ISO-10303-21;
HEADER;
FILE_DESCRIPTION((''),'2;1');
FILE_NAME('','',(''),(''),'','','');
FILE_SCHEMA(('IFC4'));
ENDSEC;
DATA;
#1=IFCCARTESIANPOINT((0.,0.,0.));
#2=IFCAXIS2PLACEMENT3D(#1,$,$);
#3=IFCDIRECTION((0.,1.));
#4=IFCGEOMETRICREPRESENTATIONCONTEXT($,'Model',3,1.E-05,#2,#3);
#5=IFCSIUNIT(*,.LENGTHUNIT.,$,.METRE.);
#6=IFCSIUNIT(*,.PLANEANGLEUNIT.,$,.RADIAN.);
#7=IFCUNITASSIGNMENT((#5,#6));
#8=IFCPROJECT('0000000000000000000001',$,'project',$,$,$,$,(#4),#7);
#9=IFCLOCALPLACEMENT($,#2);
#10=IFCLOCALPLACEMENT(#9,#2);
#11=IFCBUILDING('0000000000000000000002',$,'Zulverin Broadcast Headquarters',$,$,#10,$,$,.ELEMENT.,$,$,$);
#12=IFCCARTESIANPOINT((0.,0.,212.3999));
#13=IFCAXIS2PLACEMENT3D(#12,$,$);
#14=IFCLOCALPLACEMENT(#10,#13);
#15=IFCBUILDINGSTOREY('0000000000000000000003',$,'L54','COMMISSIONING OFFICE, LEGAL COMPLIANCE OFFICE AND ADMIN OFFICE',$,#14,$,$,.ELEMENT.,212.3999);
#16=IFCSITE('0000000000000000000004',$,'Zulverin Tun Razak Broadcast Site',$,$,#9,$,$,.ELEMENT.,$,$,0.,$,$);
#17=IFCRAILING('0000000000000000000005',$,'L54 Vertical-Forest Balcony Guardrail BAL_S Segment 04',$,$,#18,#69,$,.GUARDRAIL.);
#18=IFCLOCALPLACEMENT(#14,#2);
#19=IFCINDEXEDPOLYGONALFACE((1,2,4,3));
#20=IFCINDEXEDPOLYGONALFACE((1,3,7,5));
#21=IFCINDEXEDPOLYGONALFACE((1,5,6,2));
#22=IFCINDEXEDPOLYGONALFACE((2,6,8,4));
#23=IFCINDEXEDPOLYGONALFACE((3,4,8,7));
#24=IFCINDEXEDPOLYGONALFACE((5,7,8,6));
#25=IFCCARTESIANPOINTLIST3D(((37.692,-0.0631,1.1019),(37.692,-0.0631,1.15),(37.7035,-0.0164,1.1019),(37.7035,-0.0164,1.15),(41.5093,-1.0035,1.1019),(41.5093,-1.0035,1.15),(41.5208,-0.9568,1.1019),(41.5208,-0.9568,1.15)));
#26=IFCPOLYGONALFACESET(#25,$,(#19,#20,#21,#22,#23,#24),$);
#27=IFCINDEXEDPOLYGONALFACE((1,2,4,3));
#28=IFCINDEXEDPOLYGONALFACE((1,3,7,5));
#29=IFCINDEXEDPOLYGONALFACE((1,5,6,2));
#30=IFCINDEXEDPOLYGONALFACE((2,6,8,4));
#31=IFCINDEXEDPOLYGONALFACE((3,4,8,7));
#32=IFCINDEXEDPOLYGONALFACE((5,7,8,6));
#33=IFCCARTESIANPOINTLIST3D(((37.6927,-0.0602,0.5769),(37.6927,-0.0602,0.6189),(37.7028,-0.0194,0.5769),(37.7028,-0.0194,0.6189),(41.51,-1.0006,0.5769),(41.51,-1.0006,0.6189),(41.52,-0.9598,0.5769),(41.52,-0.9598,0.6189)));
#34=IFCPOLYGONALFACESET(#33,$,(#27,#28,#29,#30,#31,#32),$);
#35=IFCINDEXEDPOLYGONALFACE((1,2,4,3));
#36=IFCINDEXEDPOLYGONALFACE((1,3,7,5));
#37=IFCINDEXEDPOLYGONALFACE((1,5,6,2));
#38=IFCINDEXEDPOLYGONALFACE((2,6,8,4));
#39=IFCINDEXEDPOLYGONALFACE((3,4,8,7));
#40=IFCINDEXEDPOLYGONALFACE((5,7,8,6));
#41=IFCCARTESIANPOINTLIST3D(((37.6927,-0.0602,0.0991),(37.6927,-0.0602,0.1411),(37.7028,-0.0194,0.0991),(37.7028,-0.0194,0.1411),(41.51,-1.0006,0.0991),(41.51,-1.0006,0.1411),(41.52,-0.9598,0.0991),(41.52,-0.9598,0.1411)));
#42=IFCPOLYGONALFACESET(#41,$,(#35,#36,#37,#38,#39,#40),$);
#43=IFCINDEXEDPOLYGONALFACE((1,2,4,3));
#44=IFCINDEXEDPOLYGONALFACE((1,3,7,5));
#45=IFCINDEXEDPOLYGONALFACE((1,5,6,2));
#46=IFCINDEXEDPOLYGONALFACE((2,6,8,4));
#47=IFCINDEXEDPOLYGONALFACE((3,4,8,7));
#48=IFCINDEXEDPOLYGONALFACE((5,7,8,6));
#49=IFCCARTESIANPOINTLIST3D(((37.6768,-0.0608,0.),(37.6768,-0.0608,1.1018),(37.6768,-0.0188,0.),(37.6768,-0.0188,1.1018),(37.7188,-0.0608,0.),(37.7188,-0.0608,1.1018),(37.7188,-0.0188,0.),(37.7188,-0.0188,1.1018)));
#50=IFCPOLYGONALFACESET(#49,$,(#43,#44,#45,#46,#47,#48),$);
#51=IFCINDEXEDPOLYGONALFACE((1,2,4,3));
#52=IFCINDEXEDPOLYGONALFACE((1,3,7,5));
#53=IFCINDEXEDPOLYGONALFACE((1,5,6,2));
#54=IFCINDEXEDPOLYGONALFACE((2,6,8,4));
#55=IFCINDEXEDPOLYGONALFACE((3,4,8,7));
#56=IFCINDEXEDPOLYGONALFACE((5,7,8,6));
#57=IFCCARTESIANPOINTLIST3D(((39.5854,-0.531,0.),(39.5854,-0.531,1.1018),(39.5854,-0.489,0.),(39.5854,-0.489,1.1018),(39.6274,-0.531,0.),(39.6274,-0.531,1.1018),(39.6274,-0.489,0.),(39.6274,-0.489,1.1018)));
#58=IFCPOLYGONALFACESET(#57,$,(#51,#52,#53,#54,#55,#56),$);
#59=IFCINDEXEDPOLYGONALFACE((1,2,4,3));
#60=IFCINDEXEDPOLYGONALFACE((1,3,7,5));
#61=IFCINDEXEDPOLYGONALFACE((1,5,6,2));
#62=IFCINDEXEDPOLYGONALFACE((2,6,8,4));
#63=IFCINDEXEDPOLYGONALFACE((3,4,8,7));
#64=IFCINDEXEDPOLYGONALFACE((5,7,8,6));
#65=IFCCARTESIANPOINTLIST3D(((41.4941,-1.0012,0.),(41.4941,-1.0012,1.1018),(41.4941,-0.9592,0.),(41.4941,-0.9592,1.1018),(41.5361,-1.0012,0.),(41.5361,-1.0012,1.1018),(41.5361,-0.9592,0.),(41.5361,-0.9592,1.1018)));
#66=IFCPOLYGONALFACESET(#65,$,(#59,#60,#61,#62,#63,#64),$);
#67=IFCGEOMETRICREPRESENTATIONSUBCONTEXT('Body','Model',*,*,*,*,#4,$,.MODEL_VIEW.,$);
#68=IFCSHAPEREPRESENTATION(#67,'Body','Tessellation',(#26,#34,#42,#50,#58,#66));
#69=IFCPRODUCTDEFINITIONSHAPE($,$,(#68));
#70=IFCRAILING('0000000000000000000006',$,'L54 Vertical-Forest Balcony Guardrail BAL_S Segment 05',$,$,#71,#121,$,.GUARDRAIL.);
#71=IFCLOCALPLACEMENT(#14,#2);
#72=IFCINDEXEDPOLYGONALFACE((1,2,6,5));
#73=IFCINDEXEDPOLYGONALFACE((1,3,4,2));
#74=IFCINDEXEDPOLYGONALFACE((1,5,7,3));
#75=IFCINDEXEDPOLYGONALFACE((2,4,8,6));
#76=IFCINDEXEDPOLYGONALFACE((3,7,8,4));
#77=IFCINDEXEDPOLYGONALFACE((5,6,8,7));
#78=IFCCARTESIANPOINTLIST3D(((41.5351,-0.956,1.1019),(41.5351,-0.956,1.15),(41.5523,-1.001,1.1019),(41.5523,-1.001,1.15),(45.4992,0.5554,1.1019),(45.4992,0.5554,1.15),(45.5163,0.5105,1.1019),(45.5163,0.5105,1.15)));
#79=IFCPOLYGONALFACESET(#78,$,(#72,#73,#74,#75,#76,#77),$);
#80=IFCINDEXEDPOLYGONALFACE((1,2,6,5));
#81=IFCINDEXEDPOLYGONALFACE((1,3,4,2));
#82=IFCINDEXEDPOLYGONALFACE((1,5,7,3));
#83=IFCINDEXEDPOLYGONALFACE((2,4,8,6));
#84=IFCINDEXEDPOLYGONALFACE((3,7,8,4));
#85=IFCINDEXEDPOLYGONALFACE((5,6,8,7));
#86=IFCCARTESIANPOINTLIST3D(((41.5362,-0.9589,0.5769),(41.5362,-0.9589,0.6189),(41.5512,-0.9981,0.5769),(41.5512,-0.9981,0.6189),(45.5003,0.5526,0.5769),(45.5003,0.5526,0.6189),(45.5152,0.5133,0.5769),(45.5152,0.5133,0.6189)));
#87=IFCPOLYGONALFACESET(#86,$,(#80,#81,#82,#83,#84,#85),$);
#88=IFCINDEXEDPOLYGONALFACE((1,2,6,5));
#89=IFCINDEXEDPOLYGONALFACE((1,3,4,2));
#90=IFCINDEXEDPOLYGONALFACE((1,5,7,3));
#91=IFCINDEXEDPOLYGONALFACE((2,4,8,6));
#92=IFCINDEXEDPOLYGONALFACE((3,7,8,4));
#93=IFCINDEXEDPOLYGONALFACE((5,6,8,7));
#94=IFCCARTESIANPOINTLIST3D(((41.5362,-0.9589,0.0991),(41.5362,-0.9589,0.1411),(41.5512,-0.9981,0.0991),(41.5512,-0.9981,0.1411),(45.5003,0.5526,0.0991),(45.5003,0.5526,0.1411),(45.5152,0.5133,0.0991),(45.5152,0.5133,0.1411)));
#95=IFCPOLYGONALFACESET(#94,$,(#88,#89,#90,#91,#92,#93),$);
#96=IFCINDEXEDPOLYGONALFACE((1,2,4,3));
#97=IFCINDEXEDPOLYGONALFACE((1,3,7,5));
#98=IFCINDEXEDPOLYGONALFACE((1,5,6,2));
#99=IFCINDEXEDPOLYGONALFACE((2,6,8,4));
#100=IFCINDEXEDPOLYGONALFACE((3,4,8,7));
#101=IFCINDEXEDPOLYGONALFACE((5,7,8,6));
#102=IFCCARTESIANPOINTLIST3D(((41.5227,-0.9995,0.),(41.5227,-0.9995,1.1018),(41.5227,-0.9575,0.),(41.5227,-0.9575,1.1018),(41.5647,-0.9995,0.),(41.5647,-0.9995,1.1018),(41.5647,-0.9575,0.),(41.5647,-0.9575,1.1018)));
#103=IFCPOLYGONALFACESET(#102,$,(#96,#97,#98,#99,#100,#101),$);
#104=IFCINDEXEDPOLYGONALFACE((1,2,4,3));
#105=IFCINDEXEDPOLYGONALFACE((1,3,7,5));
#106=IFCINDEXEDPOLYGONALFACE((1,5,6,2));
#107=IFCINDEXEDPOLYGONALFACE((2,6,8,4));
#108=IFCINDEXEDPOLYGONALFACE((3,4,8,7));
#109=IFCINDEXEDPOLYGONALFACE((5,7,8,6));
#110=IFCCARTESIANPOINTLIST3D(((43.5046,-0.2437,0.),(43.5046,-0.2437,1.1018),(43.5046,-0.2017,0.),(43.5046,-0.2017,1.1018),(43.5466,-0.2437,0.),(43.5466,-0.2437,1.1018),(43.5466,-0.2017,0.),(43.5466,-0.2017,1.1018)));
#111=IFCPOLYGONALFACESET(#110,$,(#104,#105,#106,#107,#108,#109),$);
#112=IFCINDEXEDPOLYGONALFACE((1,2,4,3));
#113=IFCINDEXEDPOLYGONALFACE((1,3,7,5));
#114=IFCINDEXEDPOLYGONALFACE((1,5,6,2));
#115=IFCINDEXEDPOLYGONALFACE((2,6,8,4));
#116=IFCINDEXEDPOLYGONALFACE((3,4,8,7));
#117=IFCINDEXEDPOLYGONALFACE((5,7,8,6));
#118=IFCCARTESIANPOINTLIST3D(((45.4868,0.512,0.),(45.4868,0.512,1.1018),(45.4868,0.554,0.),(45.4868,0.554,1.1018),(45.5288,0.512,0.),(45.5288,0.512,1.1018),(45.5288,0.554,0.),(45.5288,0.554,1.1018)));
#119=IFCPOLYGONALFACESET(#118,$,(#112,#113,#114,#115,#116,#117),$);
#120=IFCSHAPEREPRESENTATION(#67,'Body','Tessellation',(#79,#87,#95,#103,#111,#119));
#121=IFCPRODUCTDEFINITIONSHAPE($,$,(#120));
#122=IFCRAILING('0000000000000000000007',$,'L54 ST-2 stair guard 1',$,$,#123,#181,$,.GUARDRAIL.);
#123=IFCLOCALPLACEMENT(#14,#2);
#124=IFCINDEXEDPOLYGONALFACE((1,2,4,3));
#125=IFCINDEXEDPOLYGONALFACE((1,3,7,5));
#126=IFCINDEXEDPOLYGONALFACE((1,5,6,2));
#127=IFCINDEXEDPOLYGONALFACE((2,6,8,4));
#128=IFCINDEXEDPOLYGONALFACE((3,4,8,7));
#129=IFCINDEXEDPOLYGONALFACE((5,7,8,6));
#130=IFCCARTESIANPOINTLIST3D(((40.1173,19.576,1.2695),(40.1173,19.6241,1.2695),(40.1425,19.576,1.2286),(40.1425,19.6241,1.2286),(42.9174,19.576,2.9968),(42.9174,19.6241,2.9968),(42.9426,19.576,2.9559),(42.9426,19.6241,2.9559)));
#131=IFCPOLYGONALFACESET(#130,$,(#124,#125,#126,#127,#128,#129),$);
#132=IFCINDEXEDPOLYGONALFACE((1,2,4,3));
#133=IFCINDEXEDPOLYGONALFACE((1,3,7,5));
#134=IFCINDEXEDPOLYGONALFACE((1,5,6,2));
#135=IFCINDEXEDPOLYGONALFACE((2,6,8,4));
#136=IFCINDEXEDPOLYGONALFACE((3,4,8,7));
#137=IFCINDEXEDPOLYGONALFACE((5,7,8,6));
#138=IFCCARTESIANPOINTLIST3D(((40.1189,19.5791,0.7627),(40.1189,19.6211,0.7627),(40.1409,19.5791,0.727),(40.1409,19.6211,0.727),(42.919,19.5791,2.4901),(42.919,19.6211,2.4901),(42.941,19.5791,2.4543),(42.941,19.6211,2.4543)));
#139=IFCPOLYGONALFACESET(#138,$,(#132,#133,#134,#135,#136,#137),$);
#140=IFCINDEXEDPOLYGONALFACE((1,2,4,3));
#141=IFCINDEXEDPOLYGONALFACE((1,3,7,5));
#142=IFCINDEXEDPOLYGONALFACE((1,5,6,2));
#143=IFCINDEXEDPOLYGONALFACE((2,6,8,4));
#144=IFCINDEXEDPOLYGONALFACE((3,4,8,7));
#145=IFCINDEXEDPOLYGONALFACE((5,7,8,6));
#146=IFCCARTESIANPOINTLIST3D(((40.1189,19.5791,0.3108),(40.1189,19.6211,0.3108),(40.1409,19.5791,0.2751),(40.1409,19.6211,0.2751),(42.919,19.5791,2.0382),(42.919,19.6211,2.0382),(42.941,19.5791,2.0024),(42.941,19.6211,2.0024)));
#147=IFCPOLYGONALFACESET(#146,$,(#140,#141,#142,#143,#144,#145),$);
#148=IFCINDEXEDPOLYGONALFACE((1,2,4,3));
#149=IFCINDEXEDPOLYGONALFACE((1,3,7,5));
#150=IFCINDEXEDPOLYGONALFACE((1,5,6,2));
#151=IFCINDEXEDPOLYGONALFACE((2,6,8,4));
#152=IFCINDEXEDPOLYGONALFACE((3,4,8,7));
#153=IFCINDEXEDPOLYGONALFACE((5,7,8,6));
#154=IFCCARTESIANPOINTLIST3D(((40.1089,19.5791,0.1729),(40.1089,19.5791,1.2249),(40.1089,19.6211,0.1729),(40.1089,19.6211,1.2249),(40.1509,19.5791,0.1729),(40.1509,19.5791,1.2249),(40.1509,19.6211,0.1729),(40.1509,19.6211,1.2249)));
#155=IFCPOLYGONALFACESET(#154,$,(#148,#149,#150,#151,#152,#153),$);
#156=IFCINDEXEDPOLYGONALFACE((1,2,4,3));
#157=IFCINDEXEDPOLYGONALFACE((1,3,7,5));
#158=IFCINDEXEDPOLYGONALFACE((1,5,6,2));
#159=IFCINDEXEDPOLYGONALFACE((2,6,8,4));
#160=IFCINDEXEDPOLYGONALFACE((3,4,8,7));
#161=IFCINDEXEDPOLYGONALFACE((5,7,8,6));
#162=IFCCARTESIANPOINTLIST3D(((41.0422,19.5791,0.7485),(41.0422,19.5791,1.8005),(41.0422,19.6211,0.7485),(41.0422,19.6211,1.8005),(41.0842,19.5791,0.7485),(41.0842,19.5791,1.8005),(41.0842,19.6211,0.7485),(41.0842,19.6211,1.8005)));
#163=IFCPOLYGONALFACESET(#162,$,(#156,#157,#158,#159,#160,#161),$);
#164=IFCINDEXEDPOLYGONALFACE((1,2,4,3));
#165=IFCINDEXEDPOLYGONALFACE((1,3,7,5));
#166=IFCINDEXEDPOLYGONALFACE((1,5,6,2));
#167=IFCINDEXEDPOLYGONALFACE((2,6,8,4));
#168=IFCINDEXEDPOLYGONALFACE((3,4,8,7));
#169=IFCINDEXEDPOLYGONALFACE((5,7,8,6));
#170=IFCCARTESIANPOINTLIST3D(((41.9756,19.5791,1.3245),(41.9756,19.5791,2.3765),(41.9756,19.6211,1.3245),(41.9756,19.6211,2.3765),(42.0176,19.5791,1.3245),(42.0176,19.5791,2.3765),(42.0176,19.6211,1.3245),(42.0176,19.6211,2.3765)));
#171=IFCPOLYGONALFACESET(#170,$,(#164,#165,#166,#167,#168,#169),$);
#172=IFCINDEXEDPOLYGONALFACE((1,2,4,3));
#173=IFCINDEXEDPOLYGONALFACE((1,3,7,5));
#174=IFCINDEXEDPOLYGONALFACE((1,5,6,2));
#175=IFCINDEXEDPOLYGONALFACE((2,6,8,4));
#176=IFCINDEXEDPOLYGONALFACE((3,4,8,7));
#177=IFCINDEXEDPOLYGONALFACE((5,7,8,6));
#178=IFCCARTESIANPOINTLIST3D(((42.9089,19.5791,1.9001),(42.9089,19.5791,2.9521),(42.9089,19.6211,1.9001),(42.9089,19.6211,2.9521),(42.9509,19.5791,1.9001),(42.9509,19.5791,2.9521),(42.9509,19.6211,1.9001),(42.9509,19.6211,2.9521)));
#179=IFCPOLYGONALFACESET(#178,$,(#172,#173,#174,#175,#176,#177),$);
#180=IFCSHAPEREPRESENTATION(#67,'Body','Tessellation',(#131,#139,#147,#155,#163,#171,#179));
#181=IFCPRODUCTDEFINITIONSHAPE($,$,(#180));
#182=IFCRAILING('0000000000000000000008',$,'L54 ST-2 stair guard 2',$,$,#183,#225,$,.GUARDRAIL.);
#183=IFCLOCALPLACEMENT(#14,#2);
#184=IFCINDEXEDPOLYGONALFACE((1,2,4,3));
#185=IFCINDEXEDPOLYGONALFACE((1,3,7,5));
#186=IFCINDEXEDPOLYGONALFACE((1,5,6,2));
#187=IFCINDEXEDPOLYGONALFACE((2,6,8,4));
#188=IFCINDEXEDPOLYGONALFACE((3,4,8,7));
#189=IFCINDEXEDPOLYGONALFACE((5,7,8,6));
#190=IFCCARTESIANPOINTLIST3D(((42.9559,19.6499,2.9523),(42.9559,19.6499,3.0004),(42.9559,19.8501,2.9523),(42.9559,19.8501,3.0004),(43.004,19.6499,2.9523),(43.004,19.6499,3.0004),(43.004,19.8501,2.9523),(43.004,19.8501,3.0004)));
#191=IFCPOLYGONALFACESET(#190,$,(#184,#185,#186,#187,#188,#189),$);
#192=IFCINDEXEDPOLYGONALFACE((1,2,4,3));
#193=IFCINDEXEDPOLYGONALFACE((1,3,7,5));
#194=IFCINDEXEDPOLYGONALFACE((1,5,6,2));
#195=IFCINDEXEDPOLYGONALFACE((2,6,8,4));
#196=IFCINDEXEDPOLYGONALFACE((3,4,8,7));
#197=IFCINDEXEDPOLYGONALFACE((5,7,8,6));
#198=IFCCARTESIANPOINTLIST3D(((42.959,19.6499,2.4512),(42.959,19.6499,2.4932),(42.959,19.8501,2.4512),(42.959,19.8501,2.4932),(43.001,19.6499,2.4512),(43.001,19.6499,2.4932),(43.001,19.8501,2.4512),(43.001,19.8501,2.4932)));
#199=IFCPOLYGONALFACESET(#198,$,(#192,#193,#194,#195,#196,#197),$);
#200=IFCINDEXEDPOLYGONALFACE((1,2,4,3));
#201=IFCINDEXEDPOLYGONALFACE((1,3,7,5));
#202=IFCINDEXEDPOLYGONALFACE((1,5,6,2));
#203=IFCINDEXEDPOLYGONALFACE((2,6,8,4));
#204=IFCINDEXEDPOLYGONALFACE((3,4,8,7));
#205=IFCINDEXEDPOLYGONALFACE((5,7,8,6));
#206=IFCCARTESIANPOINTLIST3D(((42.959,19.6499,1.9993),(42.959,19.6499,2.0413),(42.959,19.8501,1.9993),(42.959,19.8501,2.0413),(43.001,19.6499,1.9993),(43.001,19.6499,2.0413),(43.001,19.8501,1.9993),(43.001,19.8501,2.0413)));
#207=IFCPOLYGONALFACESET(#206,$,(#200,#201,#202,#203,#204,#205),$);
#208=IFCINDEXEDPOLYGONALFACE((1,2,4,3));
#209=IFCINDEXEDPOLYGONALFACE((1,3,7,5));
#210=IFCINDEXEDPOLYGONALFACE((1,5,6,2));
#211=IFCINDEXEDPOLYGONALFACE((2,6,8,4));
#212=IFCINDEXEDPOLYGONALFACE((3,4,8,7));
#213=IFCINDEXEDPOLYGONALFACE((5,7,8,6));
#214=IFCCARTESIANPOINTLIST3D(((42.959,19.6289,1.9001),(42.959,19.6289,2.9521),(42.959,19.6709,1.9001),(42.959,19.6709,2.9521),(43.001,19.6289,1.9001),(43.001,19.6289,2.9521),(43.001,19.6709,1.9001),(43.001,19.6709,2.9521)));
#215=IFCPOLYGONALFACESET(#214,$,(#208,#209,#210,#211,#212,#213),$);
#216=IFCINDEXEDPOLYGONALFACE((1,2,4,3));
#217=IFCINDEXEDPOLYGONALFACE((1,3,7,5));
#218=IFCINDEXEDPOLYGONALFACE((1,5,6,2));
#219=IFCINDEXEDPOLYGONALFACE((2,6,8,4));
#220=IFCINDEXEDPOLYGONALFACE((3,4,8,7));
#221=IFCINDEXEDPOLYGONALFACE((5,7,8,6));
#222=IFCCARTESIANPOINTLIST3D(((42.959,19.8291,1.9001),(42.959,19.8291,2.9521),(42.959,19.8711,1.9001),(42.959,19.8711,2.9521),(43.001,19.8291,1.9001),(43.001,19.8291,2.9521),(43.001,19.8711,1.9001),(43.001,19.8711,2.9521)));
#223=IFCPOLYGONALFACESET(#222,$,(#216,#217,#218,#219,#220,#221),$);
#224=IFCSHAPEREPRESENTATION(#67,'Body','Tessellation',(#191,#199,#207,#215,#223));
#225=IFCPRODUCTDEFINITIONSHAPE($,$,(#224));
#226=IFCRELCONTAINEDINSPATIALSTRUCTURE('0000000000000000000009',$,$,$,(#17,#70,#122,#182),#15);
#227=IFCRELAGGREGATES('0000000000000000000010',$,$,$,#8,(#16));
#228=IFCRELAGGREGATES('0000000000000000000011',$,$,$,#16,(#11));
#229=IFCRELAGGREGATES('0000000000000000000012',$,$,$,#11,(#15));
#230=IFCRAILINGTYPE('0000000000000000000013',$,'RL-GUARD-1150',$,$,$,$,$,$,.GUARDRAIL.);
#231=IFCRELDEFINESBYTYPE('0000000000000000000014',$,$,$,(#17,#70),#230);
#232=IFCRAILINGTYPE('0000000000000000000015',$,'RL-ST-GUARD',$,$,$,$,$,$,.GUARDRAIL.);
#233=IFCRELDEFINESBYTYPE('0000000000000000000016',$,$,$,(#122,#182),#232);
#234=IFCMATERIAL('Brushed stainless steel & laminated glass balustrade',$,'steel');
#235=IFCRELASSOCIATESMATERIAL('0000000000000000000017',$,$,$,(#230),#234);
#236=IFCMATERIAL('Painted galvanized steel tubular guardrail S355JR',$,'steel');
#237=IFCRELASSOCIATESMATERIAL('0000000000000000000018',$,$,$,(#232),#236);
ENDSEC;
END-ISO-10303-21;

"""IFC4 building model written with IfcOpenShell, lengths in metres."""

from ifc_helpers import new_model, si_unit, direction, frame, origin, origin_2d, place, context, subcontext, project, spatial, rectangle, extrude, material, type_object, element, save


model = new_model("IFC4")

# Units and contexts
model_context = context("Model", 3, precision=1e-05, world=origin(), true_north=direction((0.0, 1.0)))
body_context = subcontext(model_context, "Body", "Model", "MODEL_VIEW")
ifc_project = project(units=[si_unit("LENGTHUNIT", "METRE"), si_unit("PLANEANGLEUNIT", "RADIAN")], contexts=[model_context])

# Site, building, storey
site_placement = place(None, origin())
site = spatial("IfcSite", under=ifc_project, at=site_placement, Name="Zulverin Tun Razak Broadcast Site", CompositionType="ELEMENT", RefElevation=0.0)
building_placement = place(site_placement, origin())
building = spatial("IfcBuilding", under=site, at=building_placement, Name="Zulverin Broadcast Headquarters", CompositionType="ELEMENT")
storey_placement = place(building_placement, frame((0.0, 0.0, 212.3999)))
storey = spatial("IfcBuildingStorey", under=building, at=storey_placement, Name="L54", Description="COMMISSIONING OFFICE, LEGAL COMPLIANCE OFFICE AND ADMIN OFFICE", CompositionType="ELEMENT", Elevation=212.3999)

# Railings
ifc_material_1 = material(Name="Brushed stainless steel & laminated glass balustrade", Category="steel")
railing_type_1 = type_object("IfcRailingType", Name="RL-GUARD-1150", PredefinedType="GUARDRAIL", material=ifc_material_1)
railing_1_placement = place(storey_placement, frame((37.6978, -0.0398, 0.0)))
element("IfcRailing", 1, at=railing_1_placement, inside=storey, type_object=railing_type_1, Name="L54 Vertical-Forest Balcony Guardrail BAL_S Segment 04", PredefinedType="GUARDRAIL", context=body_context, shape_type="SweptSolid", body=[
    extrude(rectangle(XDim=0.0481, YDim=0.0481, at=origin_2d()), frame((0.0, 0.0, 1.126), z_axis=(0.97097, -0.239203, 0.0), x_axis=(0.239203, 0.97097, 0.0)), (0.0, 0.0, 1.0), 3.9314),
    extrude(rectangle(XDim=0.042, YDim=0.042, at=origin_2d()), frame((0.0, 0.0, 0.5979), z_axis=(0.97097, -0.239203, 0.0), x_axis=(0.239203, 0.97097, 0.0)), (0.0, 0.0, 1.0), 3.9314),
    extrude(rectangle(XDim=0.042, YDim=0.042, at=origin_2d()), frame((0.0, 0.0, 0.1201), z_axis=(0.97097, -0.239203, 0.0), x_axis=(0.239203, 0.97097, 0.0)), (0.0, 0.0, 1.0), 3.9314),
    extrude(rectangle(XDim=0.042, YDim=0.042, at=origin_2d()), origin(), (0.0, 0.0, 1.0), 1.1018),
    extrude(rectangle(XDim=0.042, YDim=0.042, at=origin_2d()), frame((1.9087, -0.4702, 0.0)), (0.0, 0.0, 1.0), 1.1018),
    extrude(rectangle(XDim=0.042, YDim=0.042, at=origin_2d()), frame((3.8174, -0.9404, 0.0)), (0.0, 0.0, 1.0), 1.1018),
])
railing_2_placement = place(storey_placement, frame((41.5437, -0.9785, 0.0)))
element("IfcRailing", 2, at=railing_2_placement, inside=storey, type_object=railing_type_1, Name="L54 Vertical-Forest Balcony Guardrail BAL_S Segment 05", PredefinedType="GUARDRAIL", context=body_context, shape_type="SweptSolid", body=[
    extrude(rectangle(XDim=0.0481, YDim=0.0481, at=origin_2d()), frame((0.0, 0.0, 1.126), z_axis=(0.934383, 0.356271, 0.0), x_axis=(-0.356271, 0.934383, 0.0)), (0.0, 0.0, 1.0), 4.2424),
    extrude(rectangle(XDim=0.042, YDim=0.042, at=origin_2d()), frame((0.0, 0.0, 0.5979), z_axis=(0.934383, 0.356271, 0.0), x_axis=(-0.356271, 0.934383, 0.0)), (0.0, 0.0, 1.0), 4.2424),
    extrude(rectangle(XDim=0.042, YDim=0.042, at=origin_2d()), frame((0.0, 0.0, 0.1201), z_axis=(0.934383, 0.356271, 0.0), x_axis=(-0.356271, 0.934383, 0.0)), (0.0, 0.0, 1.0), 4.2424),
    extrude(rectangle(XDim=0.042, YDim=0.042, at=origin_2d()), origin(), (0.0, 0.0, 1.0), 1.1018),
    extrude(rectangle(XDim=0.042, YDim=0.042, at=origin_2d()), frame((1.9819, 0.7559, 0.0)), (0.0, 0.0, 1.0), 1.1018),
    extrude(rectangle(XDim=0.042, YDim=0.042, at=origin_2d()), frame((3.9641, 1.5115, 0.0)), (0.0, 0.0, 1.0), 1.1018),
])
ifc_material_2 = material(Name="Painted galvanized steel tubular guardrail S355JR", Category="steel")
railing_type_2 = type_object("IfcRailingType", Name="RL-ST-GUARD", PredefinedType="GUARDRAIL", material=ifc_material_2)
railing_3_placement = place(storey_placement, frame((40.1299, 19.6001, 0.1729)))
element("IfcRailing", 3, at=railing_3_placement, inside=storey, type_object=railing_type_2, Name="L54 ST-2 stair guard 1", PredefinedType="GUARDRAIL", context=body_context, shape_type="SweptSolid", body=[
    extrude(rectangle(XDim=0.0481, YDim=0.0481, at=origin_2d()), frame((0.0, 0.0, 1.0762), z_axis=(0.85109, 0.0, 0.52502), x_axis=(0.0, 1.0, 0.0)), (0.0, 0.0, 1.0), 3.29),
    extrude(rectangle(XDim=0.042, YDim=0.042, at=origin_2d()), frame((0.0, 0.0, 0.572), z_axis=(0.85109, 0.0, 0.52502), x_axis=(0.0, 1.0, 0.0)), (0.0, 0.0, 1.0), 3.29),
    extrude(rectangle(XDim=0.042, YDim=0.042, at=origin_2d()), frame((0.0, 0.0, 0.1201), z_axis=(0.85109, 0.0, 0.52502), x_axis=(0.0, 1.0, 0.0)), (0.0, 0.0, 1.0), 3.29),
    extrude(rectangle(XDim=0.042, YDim=0.042, at=origin_2d()), origin(), (0.0, 0.0, 1.0), 1.052),
    extrude(rectangle(XDim=0.042, YDim=0.042, at=origin_2d()), frame((0.9333, 0.0, 0.5757)), (0.0, 0.0, 1.0), 1.052),
    extrude(rectangle(XDim=0.042, YDim=0.042, at=origin_2d()), frame((1.8667, 0.0, 1.1516)), (0.0, 0.0, 1.0), 1.052),
    extrude(rectangle(XDim=0.042, YDim=0.042, at=origin_2d()), frame((2.8, 0.0, 1.7273)), (0.0, 0.0, 1.0), 1.052),
])
for number, where, name in (
    (4, (42.98, 19.6499, 1.9001), "L54 ST-2 stair guard 2"),
):
    element("IfcRailing", number, at=place(storey_placement, frame(where)), inside=storey, type_object=railing_type_2, Name=name, PredefinedType="GUARDRAIL", context=body_context, shape_type="SweptSolid", body=[
        extrude(rectangle(XDim=0.0481, YDim=0.0481, at=origin_2d()), frame((0.0, 0.0, 1.0762), z_axis=(0.0, 1.0, 0.0), x_axis=(-1.0, 0.0, 0.0)), (0.0, 0.0, 1.0), 0.2002),
        extrude(rectangle(XDim=0.042, YDim=0.042, at=origin_2d()), frame((0.0, 0.0, 0.572), z_axis=(0.0, 1.0, 0.0), x_axis=(-1.0, 0.0, 0.0)), (0.0, 0.0, 1.0), 0.2002),
        extrude(rectangle(XDim=0.042, YDim=0.042, at=origin_2d()), frame((0.0, 0.0, 0.1201), z_axis=(0.0, 1.0, 0.0), x_axis=(-1.0, 0.0, 0.0)), (0.0, 0.0, 1.0), 0.2002),
        extrude(rectangle(XDim=0.042, YDim=0.042, at=origin_2d()), origin(), (0.0, 0.0, 1.0), 1.052),
        extrude(rectangle(XDim=0.042, YDim=0.042, at=origin_2d()), frame((0.0, 0.2002, 0.0)), (0.0, 0.0, 1.0), 1.052),
    ])

save(model, "model.ifc")
